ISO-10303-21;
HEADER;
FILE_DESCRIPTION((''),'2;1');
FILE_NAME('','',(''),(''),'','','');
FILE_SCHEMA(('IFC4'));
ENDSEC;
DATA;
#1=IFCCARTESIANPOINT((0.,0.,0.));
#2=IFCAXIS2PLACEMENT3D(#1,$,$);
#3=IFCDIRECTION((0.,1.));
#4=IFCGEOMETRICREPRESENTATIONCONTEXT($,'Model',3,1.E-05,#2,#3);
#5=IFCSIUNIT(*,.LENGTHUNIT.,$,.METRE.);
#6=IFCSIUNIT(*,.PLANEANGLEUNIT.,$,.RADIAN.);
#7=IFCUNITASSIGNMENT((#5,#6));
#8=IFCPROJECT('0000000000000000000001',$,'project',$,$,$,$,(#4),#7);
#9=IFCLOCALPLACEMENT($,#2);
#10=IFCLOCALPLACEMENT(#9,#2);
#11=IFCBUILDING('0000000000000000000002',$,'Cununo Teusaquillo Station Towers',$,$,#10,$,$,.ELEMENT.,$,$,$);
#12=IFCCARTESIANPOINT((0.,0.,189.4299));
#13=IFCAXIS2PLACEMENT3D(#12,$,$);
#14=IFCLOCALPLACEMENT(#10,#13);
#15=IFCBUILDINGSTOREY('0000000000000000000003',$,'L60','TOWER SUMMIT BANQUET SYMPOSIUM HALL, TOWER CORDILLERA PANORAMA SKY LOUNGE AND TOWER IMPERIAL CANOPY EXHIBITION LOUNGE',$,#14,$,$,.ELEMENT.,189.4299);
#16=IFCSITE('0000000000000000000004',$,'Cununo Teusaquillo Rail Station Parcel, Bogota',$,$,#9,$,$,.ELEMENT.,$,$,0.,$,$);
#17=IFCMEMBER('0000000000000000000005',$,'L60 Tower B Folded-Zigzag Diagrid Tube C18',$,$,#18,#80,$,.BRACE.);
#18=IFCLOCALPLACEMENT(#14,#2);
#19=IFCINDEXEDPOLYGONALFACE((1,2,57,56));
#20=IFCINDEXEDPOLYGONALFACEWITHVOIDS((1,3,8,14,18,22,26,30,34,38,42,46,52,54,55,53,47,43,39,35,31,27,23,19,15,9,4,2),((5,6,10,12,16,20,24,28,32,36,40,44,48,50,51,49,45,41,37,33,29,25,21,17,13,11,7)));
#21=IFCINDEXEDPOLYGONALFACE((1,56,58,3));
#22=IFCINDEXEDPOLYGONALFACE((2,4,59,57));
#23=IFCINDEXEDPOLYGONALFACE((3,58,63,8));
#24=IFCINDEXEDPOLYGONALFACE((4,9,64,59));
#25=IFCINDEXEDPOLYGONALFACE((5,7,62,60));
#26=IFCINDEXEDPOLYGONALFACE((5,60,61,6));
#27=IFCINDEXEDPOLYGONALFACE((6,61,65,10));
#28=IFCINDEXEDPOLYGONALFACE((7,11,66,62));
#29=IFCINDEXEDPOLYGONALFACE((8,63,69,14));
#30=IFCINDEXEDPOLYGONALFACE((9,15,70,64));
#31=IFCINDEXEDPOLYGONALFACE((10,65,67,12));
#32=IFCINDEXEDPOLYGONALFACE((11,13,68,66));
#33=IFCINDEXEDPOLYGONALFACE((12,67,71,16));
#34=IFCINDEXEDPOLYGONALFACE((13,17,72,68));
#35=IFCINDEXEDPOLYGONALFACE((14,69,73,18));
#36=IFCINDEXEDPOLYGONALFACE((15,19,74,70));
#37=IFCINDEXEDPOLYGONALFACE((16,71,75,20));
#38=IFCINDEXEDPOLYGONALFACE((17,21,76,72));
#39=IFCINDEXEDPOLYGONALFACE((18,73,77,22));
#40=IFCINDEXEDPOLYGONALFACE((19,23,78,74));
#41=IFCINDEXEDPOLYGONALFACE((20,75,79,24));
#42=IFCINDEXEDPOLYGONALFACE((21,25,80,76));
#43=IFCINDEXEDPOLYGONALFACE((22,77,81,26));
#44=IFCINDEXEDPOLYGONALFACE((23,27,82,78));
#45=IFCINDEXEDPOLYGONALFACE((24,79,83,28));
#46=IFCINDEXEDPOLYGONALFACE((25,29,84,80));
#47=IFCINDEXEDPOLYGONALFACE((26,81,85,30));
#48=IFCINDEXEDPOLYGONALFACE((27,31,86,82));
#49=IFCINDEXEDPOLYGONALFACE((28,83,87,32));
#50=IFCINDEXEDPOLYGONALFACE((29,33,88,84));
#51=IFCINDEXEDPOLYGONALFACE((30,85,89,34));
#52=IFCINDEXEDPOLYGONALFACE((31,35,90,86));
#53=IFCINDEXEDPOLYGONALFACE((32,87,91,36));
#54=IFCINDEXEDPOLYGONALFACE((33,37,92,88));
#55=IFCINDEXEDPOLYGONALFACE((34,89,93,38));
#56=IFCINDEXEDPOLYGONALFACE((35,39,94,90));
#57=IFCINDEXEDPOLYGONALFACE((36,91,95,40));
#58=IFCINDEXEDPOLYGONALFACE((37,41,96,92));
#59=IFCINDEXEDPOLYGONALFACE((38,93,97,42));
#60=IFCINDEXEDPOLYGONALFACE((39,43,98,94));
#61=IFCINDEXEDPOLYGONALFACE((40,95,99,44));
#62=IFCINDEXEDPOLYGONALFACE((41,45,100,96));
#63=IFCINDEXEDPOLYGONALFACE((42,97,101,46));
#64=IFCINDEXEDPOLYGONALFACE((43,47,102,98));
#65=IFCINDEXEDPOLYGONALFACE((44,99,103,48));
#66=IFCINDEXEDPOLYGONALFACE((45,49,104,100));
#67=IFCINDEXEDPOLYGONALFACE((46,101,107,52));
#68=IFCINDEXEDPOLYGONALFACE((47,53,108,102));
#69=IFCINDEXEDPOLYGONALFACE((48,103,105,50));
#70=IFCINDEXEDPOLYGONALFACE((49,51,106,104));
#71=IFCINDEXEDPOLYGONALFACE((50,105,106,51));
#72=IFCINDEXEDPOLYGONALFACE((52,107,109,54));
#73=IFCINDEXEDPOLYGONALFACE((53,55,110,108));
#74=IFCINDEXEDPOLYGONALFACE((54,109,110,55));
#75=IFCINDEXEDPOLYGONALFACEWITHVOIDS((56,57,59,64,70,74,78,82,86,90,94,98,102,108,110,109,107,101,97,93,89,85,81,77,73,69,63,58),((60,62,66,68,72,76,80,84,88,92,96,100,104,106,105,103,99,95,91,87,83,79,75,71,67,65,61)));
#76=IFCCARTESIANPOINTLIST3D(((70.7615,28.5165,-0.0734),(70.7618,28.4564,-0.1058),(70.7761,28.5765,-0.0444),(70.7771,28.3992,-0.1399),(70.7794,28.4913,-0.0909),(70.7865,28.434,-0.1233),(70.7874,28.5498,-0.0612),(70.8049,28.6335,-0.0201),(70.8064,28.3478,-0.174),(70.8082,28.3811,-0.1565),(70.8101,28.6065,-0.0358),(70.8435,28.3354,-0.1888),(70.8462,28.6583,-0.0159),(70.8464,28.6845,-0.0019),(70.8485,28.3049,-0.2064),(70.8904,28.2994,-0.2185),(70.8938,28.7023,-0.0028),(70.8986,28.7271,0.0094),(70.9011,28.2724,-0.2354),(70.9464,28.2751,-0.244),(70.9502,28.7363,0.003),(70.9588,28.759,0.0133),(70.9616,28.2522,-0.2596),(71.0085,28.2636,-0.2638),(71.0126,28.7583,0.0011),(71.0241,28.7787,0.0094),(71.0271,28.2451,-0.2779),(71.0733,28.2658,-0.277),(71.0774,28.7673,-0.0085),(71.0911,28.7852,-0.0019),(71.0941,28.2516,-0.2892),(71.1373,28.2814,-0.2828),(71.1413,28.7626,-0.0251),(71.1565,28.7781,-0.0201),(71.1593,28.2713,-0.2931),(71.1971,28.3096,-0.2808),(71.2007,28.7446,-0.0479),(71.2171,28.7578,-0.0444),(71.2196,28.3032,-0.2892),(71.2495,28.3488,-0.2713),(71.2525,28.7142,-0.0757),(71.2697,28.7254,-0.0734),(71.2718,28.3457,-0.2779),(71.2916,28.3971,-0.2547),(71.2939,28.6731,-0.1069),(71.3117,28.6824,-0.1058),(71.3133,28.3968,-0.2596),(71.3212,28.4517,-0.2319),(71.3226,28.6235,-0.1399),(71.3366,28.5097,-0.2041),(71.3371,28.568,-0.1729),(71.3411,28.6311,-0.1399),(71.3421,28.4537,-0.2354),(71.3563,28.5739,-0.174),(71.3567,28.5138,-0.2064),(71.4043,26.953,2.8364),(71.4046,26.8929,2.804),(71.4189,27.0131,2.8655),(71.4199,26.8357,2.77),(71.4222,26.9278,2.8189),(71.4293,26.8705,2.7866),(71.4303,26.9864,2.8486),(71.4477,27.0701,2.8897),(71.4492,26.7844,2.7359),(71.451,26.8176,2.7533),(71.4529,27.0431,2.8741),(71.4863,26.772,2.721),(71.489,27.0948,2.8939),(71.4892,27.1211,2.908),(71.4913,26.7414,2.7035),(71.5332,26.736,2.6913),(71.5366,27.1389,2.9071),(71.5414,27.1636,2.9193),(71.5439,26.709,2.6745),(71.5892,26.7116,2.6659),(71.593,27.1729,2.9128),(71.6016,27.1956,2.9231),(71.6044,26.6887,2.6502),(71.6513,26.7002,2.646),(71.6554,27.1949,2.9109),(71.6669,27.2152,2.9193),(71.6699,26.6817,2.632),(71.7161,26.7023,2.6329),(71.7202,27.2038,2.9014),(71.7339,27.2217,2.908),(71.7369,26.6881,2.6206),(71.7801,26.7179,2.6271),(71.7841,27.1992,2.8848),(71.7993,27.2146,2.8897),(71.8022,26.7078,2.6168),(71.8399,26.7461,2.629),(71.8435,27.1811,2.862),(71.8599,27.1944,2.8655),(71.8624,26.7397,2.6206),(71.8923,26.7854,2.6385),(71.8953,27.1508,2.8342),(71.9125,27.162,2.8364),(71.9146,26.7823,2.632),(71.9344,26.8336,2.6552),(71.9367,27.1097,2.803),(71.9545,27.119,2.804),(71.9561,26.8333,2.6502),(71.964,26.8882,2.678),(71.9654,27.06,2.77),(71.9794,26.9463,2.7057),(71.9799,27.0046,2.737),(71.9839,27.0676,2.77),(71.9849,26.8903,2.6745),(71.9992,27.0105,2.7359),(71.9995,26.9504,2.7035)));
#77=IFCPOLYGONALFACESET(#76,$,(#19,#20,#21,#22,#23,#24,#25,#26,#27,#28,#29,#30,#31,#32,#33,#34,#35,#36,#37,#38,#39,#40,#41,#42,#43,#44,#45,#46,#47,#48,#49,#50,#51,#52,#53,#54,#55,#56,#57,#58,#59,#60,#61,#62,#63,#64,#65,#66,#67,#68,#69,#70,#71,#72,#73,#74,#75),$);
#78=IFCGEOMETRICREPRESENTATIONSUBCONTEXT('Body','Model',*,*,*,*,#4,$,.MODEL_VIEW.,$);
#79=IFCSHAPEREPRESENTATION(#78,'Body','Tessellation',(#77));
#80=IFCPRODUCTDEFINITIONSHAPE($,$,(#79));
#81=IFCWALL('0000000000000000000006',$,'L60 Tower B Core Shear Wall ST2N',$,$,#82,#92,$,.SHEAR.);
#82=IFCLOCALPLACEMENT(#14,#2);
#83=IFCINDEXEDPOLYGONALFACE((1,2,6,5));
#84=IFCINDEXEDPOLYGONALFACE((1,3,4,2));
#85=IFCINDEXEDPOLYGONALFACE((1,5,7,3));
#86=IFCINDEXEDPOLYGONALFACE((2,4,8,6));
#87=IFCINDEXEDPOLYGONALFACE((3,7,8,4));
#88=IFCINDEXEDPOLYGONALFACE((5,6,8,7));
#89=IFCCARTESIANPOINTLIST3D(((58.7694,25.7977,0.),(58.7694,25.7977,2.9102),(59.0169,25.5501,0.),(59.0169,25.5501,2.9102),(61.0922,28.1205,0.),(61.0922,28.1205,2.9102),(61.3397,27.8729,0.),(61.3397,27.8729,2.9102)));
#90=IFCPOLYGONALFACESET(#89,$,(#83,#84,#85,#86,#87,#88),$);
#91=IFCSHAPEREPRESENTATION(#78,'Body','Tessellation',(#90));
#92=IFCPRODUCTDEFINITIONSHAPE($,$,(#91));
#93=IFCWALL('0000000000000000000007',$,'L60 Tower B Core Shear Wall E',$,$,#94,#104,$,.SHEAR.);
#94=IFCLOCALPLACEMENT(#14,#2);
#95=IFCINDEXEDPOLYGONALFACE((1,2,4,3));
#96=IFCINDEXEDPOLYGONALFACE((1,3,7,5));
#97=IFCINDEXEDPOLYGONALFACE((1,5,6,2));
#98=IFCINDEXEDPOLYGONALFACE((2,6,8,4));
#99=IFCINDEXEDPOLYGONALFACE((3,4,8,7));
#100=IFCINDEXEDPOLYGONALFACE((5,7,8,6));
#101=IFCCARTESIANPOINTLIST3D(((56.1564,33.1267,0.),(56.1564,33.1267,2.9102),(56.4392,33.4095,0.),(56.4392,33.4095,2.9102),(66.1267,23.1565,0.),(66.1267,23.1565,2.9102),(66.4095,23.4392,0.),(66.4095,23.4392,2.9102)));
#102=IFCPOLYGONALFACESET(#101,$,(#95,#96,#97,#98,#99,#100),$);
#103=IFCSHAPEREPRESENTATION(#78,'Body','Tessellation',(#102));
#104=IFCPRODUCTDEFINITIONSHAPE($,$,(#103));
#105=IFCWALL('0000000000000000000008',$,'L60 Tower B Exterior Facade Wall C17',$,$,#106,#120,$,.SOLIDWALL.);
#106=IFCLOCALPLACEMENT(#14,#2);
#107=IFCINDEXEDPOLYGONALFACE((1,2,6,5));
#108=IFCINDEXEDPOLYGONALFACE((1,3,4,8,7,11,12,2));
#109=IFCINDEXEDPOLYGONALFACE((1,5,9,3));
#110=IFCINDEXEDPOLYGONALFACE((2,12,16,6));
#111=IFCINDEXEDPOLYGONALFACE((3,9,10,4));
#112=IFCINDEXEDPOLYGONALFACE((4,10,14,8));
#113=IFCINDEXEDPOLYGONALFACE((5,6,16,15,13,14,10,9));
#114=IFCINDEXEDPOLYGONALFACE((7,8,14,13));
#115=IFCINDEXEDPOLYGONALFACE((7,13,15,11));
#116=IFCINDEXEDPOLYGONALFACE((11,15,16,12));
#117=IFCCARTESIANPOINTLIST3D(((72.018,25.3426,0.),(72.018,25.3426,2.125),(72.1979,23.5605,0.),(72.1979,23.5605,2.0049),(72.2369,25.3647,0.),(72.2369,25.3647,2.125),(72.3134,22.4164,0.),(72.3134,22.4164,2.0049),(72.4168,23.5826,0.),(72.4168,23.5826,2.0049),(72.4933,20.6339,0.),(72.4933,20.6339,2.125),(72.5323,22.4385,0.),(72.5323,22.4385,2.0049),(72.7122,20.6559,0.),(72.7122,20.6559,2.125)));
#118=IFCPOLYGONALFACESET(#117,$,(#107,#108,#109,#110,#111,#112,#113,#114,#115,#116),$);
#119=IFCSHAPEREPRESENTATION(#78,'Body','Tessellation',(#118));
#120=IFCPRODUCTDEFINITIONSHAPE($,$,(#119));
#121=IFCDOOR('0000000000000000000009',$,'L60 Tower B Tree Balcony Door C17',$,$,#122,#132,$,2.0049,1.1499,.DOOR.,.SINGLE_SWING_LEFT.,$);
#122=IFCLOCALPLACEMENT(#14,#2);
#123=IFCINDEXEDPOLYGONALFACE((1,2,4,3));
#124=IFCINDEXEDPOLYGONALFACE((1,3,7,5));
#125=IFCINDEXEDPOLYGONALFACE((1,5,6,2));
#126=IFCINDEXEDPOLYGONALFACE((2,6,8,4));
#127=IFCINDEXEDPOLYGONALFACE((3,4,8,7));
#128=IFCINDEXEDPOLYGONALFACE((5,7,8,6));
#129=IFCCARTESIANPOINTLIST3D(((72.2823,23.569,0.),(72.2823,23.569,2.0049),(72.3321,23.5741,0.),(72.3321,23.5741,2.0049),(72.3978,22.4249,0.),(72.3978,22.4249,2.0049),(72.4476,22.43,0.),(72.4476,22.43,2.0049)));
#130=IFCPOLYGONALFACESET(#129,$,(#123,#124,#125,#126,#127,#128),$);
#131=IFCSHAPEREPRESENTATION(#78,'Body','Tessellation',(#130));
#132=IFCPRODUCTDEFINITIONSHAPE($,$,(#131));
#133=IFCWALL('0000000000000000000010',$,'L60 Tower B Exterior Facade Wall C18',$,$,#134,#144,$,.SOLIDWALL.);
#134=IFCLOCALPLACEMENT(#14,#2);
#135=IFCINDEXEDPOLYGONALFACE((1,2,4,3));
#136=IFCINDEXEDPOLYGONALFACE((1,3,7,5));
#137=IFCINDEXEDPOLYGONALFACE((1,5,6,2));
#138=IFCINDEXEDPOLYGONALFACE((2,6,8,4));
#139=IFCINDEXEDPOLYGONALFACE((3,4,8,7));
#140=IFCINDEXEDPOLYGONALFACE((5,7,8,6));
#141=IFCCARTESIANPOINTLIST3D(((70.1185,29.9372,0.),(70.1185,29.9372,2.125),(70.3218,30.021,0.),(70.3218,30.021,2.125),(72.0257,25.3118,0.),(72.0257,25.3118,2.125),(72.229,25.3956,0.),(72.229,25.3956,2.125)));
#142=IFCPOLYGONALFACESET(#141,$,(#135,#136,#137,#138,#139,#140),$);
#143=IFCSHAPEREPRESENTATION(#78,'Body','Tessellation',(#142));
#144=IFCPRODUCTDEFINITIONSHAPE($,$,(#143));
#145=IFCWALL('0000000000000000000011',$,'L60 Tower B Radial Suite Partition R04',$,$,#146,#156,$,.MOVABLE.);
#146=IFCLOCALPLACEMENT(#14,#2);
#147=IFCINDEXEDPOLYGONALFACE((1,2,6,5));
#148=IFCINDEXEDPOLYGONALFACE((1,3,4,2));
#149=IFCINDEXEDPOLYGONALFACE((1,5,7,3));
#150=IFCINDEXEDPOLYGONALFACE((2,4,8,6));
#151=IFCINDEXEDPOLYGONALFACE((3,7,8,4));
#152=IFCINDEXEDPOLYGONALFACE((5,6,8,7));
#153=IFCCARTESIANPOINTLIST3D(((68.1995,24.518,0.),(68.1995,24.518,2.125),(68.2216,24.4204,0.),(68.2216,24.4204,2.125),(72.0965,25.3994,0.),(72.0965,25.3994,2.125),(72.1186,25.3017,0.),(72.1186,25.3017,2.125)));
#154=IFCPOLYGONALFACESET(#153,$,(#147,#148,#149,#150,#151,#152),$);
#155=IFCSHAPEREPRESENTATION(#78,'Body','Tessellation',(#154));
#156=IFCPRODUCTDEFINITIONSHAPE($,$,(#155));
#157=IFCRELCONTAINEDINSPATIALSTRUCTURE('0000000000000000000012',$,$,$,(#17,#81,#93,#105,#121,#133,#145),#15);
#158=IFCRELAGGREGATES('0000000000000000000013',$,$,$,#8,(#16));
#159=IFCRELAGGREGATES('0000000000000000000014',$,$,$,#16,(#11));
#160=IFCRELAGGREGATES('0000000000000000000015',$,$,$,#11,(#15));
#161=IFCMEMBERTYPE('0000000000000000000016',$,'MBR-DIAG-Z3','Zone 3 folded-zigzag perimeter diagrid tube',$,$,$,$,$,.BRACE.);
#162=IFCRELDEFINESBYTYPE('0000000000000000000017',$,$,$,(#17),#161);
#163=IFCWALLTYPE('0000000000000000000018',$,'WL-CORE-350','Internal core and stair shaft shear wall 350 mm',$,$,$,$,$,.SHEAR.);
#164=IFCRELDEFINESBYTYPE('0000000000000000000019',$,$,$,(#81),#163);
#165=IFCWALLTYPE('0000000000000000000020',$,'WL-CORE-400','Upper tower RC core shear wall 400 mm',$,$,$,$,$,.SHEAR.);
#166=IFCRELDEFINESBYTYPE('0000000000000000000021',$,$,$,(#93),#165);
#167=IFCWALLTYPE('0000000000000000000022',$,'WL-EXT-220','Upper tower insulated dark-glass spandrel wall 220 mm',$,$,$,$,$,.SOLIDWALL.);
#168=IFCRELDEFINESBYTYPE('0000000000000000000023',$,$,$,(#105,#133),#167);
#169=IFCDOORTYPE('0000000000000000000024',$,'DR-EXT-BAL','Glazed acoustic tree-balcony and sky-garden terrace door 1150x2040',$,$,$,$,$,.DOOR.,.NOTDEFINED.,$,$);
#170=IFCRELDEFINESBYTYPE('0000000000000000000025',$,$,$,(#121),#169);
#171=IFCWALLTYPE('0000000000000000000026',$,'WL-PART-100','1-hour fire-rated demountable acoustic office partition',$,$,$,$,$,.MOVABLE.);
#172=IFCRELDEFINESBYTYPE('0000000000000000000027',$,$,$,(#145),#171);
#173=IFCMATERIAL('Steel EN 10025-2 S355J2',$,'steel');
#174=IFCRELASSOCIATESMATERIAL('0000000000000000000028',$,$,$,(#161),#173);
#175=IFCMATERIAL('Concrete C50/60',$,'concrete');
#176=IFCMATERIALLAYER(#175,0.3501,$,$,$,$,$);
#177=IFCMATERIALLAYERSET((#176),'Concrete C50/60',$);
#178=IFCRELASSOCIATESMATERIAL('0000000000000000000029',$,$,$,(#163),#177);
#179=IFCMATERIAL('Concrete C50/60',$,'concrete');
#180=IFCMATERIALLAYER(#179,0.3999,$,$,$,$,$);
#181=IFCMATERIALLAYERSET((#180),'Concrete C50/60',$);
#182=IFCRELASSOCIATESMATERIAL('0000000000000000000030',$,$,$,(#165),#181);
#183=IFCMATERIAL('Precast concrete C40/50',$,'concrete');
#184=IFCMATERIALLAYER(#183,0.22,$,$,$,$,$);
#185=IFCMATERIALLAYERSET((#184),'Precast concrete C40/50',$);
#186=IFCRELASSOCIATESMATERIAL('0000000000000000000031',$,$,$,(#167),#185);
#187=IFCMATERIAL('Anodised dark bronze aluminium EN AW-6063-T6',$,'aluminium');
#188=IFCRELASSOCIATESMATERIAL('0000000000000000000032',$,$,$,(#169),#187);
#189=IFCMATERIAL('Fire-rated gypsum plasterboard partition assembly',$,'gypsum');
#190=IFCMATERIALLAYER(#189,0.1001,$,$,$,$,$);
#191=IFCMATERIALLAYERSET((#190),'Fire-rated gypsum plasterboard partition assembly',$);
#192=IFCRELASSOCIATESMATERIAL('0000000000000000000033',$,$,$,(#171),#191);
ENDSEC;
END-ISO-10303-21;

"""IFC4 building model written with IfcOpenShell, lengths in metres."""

from ifc_helpers import new_model, si_unit, direction, frame, frame_2d, origin, origin_2d, place, context, subcontext, project, spatial, rectangle, hollow_circle, extrude, source, transform, mapped, material, layer, layer_set, material_profile, profile_set, type_object, element, fill, save


model = new_model("IFC4")

# Units and contexts
model_context = context("Model", 3, precision=1e-05, world=origin(), true_north=direction((0.0, 1.0)))
body_context = subcontext(model_context, "Body", "Model", "MODEL_VIEW")
ifc_project = project(units=[si_unit("LENGTHUNIT", "METRE"), si_unit("PLANEANGLEUNIT", "RADIAN")], contexts=[model_context])

# Site, building, storey
site_placement = place(None, origin())
site = spatial("IfcSite", under=ifc_project, at=site_placement, Name="Cununo Teusaquillo Rail Station Parcel, Bogota", CompositionType="ELEMENT", RefElevation=0.0)
building_placement = place(site_placement, origin())
building = spatial("IfcBuilding", under=site, at=building_placement, Name="Cununo Teusaquillo Station Towers", CompositionType="ELEMENT")
storey_placement = place(building_placement, frame((0.0, 0.0, 189.4299)))
storey = spatial("IfcBuildingStorey", under=building, at=storey_placement, Name="L60", Description="TOWER SUMMIT BANQUET SYMPOSIUM HALL, TOWER CORDILLERA PANORAMA SKY LOUNGE AND TOWER IMPERIAL CANOPY EXHIBITION LOUNGE", CompositionType="ELEMENT", Elevation=189.4299)

# Member
ifc_material_1 = material(Name="Steel EN 10025-2 S355J2", Category="steel")
ifc_material_profile_1 = material_profile(ifc_material_1, hollow_circle(Radius=0.3049, WallThickness=0.02, at=origin_2d()), Name="CHS 610x20")
ifc_profile_set_1 = profile_set([ifc_material_profile_1], Name="Steel EN 10025-2 S355J2")
member_type = type_object("IfcMemberType", Name="MBR-DIAG-Z3", Description="Zone 3 folded-zigzag perimeter diagrid tube", PredefinedType="BRACE", material=ifc_profile_set_1)
member_placement = place(storey_placement, frame((71.0591, 28.5151, -0.1399), z_axis=(0.191015, -0.464587, 0.86468), x_axis=(0.924878, 0.380263, 0.0)))
element("IfcMember", 1, at=member_placement, inside=storey, type_object=member_type, Name="L60 Tower B Folded-Zigzag Diagrid Tube C18", PredefinedType="BRACE", context=body_context, shape_type="SweptSolid", body=[
    extrude(hollow_circle(Radius=0.3049, WallThickness=0.02, at=origin_2d()), origin(), (0.0, 0.0, 1.0), 3.3652),
])

# Walls
ifc_material_2 = material(Name="Concrete C50/60", Category="concrete")
ifc_layer_1 = layer(ifc_material_2, 0.3501)
ifc_layer_set_1 = layer_set([ifc_layer_1], Name="Concrete C50/60")
wall_type_1 = type_object("IfcWallType", Name="WL-CORE-350", Description="Internal core and stair shaft shear wall 350 mm", PredefinedType="SHEAR", material=ifc_layer_set_1)
wall_1_placement = place(storey_placement, frame((58.8931, 25.6738, 0.0), z_axis=(0.0, 0.0, 1.0), x_axis=(0.707107, 0.707107, 0.0)))
element("IfcWall", 2, at=wall_1_placement, inside=storey, type_object=wall_type_1, Name="L60 Tower B Core Shear Wall ST2N", PredefinedType="SHEAR", context=body_context, shape_type="SweptSolid", body=[
    extrude(rectangle(XDim=3.2849, YDim=0.3501, at=frame_2d((1.6426, 0.0))), origin(), (0.0, 0.0, 1.0), 2.9102),
])
ifc_material_3 = material(Name="Concrete C50/60", Category="concrete")
ifc_layer_2 = layer(ifc_material_3, 0.3999)
ifc_layer_set_2 = layer_set([ifc_layer_2], Name="Concrete C50/60")
wall_type_2 = type_object("IfcWallType", Name="WL-CORE-400", Description="Upper tower RC core shear wall 400 mm", PredefinedType="SHEAR", material=ifc_layer_set_2)
wall_2_placement = place(storey_placement, frame((66.2681, 23.2979, 0.0), z_axis=(0.0, 0.0, 1.0), x_axis=(-0.707107, 0.707107, 0.0)))
element("IfcWall", 3, at=wall_2_placement, inside=storey, type_object=wall_type_2, Name="L60 Tower B Core Shear Wall E", PredefinedType="SHEAR", context=body_context, shape_type="SweptSolid", body=[
    extrude(rectangle(XDim=14.1001, YDim=0.3999, at=frame_2d((7.05, 0.0))), origin(), (0.0, 0.0, 1.0), 2.9102),
])

# Wall, opening, door
ifc_material_4 = material(Name="Precast concrete C40/50", Category="concrete")
ifc_layer_3 = layer(ifc_material_4, 0.22)
ifc_layer_set_3 = layer_set([ifc_layer_3], Name="Precast concrete C40/50")
wall_type_3 = type_object("IfcWallType", Name="WL-EXT-220", Description="Upper tower insulated dark-glass spandrel wall 220 mm", PredefinedType="SOLIDWALL", material=ifc_layer_set_3)
wall_3_placement = place(storey_placement, frame((72.1274, 25.3535, 0.0), z_axis=(0.0, 0.0, 1.0), x_axis=(0.100438, -0.994943, 0.0)))
wall_3 = element("IfcWall", 4, at=wall_3_placement, inside=storey, type_object=wall_type_3, Name="L60 Tower B Exterior Facade Wall C17", PredefinedType="SOLIDWALL", context=body_context, shape_type="SweptSolid", body=[
    extrude(rectangle(XDim=4.7327, YDim=0.22, at=frame_2d((2.3662, 0.0))), origin(), (0.0, 0.0, 1.0), 2.125),
])
shared_shape_1 = source(origin(), body_context, "Body", "SweptSolid", [
    extrude(rectangle(XDim=1.1499, YDim=2.0049, at=frame_2d((0.575, 1.0024))), frame((0.0, 0.1199, 0.0), z_axis=(0.0, -1.0, 0.0), x_axis=(1.0, 0.0, 0.0)), (0.0, 0.0, 1.0), 0.24),
])
opening_1_placement = place(wall_3_placement, frame((1.791, 0.0, 0.0)))
opening_1 = element("IfcOpeningElement", 5, at=opening_1_placement, cuts=wall_3, PredefinedType="OPENING", context=body_context, shape_type="MappedRepresentation", body=[
    mapped(shared_shape_1, transform((0.0, 0.0, 0.0), x_axis=(1.0, 0.0, 0.0), y_axis=(0.0, 1.0, 0.0), z_axis=(0.0, 0.0, 1.0), scale=1.0)),
])
ifc_material_5 = material(Name="Anodised dark bronze aluminium EN AW-6063-T6", Category="aluminium")
door_type_1 = type_object("IfcDoorType", Name="DR-EXT-BAL", Description="Glazed acoustic tree-balcony and sky-garden terrace door 1150x2040", OperationType="NOTDEFINED", PredefinedType="DOOR", material=ifc_material_5)
shared_shape_2 = source(origin(), body_context, "Body", "SweptSolid", [
    extrude(rectangle(XDim=1.1499, YDim=2.0049, at=frame_2d((0.575, 1.0024))), frame((0.0, 0.0249, 0.0), z_axis=(0.0, -1.0, 0.0), x_axis=(1.0, 0.0, 0.0)), (0.0, 0.0, 1.0), 0.05),
])
door_1_placement = place(opening_1_placement, origin())
door_1 = element("IfcDoor", 6, at=door_1_placement, inside=storey, type_object=door_type_1, Name="L60 Tower B Tree Balcony Door C17", OperationType="SINGLE_SWING_LEFT", OverallHeight=2.0049, OverallWidth=1.1499, PredefinedType="DOOR", context=body_context, shape_type="MappedRepresentation", body=[
    mapped(shared_shape_2, transform((0.0, 0.0, 0.0), x_axis=(1.0, 0.0, 0.0), y_axis=(0.0, 1.0, 0.0), z_axis=(0.0, 0.0, 1.0), scale=1.0)),
])
fill(opening_1, door_1)

# Walls
wall_4_placement = place(storey_placement, frame((70.2202, 29.979, 0.0), z_axis=(0.0, 0.0, 1.0), x_axis=(0.381196, -0.924494, 0.0)))
element("IfcWall", 7, at=wall_4_placement, inside=storey, type_object=wall_type_3, Name="L60 Tower B Exterior Facade Wall C18", PredefinedType="SOLIDWALL", context=body_context, shape_type="SweptSolid", body=[
    extrude(rectangle(XDim=5.0032, YDim=0.22, at=frame_2d((2.5015, 0.0))), origin(), (0.0, 0.0, 1.0), 2.125),
])
ifc_material_6 = material(Name="Fire-rated gypsum plasterboard partition assembly", Category="gypsum")
ifc_layer_4 = layer(ifc_material_6, 0.1001)
ifc_layer_set_4 = layer_set([ifc_layer_4], Name="Fire-rated gypsum plasterboard partition assembly")
wall_type_4 = type_object("IfcWallType", Name="WL-PART-100", Description="1-hour fire-rated demountable acoustic office partition", PredefinedType="MOVABLE", material=ifc_layer_set_4)
wall_5_placement = place(storey_placement, frame((68.2107, 24.4692, 0.0), z_axis=(0.0, 0.0, 1.0), x_axis=(0.975366, 0.220591, 0.0)))
element("IfcWall", 8, at=wall_5_placement, inside=storey, type_object=wall_type_4, Name="L60 Tower B Radial Suite Partition R04", PredefinedType="MOVABLE", context=body_context, shape_type="SweptSolid", body=[
    extrude(rectangle(XDim=3.9954, YDim=0.1001, at=frame_2d((1.9976, 0.0))), origin(), (0.0, 0.0, 1.0), 2.125),
])

save(model, "model.ifc")
